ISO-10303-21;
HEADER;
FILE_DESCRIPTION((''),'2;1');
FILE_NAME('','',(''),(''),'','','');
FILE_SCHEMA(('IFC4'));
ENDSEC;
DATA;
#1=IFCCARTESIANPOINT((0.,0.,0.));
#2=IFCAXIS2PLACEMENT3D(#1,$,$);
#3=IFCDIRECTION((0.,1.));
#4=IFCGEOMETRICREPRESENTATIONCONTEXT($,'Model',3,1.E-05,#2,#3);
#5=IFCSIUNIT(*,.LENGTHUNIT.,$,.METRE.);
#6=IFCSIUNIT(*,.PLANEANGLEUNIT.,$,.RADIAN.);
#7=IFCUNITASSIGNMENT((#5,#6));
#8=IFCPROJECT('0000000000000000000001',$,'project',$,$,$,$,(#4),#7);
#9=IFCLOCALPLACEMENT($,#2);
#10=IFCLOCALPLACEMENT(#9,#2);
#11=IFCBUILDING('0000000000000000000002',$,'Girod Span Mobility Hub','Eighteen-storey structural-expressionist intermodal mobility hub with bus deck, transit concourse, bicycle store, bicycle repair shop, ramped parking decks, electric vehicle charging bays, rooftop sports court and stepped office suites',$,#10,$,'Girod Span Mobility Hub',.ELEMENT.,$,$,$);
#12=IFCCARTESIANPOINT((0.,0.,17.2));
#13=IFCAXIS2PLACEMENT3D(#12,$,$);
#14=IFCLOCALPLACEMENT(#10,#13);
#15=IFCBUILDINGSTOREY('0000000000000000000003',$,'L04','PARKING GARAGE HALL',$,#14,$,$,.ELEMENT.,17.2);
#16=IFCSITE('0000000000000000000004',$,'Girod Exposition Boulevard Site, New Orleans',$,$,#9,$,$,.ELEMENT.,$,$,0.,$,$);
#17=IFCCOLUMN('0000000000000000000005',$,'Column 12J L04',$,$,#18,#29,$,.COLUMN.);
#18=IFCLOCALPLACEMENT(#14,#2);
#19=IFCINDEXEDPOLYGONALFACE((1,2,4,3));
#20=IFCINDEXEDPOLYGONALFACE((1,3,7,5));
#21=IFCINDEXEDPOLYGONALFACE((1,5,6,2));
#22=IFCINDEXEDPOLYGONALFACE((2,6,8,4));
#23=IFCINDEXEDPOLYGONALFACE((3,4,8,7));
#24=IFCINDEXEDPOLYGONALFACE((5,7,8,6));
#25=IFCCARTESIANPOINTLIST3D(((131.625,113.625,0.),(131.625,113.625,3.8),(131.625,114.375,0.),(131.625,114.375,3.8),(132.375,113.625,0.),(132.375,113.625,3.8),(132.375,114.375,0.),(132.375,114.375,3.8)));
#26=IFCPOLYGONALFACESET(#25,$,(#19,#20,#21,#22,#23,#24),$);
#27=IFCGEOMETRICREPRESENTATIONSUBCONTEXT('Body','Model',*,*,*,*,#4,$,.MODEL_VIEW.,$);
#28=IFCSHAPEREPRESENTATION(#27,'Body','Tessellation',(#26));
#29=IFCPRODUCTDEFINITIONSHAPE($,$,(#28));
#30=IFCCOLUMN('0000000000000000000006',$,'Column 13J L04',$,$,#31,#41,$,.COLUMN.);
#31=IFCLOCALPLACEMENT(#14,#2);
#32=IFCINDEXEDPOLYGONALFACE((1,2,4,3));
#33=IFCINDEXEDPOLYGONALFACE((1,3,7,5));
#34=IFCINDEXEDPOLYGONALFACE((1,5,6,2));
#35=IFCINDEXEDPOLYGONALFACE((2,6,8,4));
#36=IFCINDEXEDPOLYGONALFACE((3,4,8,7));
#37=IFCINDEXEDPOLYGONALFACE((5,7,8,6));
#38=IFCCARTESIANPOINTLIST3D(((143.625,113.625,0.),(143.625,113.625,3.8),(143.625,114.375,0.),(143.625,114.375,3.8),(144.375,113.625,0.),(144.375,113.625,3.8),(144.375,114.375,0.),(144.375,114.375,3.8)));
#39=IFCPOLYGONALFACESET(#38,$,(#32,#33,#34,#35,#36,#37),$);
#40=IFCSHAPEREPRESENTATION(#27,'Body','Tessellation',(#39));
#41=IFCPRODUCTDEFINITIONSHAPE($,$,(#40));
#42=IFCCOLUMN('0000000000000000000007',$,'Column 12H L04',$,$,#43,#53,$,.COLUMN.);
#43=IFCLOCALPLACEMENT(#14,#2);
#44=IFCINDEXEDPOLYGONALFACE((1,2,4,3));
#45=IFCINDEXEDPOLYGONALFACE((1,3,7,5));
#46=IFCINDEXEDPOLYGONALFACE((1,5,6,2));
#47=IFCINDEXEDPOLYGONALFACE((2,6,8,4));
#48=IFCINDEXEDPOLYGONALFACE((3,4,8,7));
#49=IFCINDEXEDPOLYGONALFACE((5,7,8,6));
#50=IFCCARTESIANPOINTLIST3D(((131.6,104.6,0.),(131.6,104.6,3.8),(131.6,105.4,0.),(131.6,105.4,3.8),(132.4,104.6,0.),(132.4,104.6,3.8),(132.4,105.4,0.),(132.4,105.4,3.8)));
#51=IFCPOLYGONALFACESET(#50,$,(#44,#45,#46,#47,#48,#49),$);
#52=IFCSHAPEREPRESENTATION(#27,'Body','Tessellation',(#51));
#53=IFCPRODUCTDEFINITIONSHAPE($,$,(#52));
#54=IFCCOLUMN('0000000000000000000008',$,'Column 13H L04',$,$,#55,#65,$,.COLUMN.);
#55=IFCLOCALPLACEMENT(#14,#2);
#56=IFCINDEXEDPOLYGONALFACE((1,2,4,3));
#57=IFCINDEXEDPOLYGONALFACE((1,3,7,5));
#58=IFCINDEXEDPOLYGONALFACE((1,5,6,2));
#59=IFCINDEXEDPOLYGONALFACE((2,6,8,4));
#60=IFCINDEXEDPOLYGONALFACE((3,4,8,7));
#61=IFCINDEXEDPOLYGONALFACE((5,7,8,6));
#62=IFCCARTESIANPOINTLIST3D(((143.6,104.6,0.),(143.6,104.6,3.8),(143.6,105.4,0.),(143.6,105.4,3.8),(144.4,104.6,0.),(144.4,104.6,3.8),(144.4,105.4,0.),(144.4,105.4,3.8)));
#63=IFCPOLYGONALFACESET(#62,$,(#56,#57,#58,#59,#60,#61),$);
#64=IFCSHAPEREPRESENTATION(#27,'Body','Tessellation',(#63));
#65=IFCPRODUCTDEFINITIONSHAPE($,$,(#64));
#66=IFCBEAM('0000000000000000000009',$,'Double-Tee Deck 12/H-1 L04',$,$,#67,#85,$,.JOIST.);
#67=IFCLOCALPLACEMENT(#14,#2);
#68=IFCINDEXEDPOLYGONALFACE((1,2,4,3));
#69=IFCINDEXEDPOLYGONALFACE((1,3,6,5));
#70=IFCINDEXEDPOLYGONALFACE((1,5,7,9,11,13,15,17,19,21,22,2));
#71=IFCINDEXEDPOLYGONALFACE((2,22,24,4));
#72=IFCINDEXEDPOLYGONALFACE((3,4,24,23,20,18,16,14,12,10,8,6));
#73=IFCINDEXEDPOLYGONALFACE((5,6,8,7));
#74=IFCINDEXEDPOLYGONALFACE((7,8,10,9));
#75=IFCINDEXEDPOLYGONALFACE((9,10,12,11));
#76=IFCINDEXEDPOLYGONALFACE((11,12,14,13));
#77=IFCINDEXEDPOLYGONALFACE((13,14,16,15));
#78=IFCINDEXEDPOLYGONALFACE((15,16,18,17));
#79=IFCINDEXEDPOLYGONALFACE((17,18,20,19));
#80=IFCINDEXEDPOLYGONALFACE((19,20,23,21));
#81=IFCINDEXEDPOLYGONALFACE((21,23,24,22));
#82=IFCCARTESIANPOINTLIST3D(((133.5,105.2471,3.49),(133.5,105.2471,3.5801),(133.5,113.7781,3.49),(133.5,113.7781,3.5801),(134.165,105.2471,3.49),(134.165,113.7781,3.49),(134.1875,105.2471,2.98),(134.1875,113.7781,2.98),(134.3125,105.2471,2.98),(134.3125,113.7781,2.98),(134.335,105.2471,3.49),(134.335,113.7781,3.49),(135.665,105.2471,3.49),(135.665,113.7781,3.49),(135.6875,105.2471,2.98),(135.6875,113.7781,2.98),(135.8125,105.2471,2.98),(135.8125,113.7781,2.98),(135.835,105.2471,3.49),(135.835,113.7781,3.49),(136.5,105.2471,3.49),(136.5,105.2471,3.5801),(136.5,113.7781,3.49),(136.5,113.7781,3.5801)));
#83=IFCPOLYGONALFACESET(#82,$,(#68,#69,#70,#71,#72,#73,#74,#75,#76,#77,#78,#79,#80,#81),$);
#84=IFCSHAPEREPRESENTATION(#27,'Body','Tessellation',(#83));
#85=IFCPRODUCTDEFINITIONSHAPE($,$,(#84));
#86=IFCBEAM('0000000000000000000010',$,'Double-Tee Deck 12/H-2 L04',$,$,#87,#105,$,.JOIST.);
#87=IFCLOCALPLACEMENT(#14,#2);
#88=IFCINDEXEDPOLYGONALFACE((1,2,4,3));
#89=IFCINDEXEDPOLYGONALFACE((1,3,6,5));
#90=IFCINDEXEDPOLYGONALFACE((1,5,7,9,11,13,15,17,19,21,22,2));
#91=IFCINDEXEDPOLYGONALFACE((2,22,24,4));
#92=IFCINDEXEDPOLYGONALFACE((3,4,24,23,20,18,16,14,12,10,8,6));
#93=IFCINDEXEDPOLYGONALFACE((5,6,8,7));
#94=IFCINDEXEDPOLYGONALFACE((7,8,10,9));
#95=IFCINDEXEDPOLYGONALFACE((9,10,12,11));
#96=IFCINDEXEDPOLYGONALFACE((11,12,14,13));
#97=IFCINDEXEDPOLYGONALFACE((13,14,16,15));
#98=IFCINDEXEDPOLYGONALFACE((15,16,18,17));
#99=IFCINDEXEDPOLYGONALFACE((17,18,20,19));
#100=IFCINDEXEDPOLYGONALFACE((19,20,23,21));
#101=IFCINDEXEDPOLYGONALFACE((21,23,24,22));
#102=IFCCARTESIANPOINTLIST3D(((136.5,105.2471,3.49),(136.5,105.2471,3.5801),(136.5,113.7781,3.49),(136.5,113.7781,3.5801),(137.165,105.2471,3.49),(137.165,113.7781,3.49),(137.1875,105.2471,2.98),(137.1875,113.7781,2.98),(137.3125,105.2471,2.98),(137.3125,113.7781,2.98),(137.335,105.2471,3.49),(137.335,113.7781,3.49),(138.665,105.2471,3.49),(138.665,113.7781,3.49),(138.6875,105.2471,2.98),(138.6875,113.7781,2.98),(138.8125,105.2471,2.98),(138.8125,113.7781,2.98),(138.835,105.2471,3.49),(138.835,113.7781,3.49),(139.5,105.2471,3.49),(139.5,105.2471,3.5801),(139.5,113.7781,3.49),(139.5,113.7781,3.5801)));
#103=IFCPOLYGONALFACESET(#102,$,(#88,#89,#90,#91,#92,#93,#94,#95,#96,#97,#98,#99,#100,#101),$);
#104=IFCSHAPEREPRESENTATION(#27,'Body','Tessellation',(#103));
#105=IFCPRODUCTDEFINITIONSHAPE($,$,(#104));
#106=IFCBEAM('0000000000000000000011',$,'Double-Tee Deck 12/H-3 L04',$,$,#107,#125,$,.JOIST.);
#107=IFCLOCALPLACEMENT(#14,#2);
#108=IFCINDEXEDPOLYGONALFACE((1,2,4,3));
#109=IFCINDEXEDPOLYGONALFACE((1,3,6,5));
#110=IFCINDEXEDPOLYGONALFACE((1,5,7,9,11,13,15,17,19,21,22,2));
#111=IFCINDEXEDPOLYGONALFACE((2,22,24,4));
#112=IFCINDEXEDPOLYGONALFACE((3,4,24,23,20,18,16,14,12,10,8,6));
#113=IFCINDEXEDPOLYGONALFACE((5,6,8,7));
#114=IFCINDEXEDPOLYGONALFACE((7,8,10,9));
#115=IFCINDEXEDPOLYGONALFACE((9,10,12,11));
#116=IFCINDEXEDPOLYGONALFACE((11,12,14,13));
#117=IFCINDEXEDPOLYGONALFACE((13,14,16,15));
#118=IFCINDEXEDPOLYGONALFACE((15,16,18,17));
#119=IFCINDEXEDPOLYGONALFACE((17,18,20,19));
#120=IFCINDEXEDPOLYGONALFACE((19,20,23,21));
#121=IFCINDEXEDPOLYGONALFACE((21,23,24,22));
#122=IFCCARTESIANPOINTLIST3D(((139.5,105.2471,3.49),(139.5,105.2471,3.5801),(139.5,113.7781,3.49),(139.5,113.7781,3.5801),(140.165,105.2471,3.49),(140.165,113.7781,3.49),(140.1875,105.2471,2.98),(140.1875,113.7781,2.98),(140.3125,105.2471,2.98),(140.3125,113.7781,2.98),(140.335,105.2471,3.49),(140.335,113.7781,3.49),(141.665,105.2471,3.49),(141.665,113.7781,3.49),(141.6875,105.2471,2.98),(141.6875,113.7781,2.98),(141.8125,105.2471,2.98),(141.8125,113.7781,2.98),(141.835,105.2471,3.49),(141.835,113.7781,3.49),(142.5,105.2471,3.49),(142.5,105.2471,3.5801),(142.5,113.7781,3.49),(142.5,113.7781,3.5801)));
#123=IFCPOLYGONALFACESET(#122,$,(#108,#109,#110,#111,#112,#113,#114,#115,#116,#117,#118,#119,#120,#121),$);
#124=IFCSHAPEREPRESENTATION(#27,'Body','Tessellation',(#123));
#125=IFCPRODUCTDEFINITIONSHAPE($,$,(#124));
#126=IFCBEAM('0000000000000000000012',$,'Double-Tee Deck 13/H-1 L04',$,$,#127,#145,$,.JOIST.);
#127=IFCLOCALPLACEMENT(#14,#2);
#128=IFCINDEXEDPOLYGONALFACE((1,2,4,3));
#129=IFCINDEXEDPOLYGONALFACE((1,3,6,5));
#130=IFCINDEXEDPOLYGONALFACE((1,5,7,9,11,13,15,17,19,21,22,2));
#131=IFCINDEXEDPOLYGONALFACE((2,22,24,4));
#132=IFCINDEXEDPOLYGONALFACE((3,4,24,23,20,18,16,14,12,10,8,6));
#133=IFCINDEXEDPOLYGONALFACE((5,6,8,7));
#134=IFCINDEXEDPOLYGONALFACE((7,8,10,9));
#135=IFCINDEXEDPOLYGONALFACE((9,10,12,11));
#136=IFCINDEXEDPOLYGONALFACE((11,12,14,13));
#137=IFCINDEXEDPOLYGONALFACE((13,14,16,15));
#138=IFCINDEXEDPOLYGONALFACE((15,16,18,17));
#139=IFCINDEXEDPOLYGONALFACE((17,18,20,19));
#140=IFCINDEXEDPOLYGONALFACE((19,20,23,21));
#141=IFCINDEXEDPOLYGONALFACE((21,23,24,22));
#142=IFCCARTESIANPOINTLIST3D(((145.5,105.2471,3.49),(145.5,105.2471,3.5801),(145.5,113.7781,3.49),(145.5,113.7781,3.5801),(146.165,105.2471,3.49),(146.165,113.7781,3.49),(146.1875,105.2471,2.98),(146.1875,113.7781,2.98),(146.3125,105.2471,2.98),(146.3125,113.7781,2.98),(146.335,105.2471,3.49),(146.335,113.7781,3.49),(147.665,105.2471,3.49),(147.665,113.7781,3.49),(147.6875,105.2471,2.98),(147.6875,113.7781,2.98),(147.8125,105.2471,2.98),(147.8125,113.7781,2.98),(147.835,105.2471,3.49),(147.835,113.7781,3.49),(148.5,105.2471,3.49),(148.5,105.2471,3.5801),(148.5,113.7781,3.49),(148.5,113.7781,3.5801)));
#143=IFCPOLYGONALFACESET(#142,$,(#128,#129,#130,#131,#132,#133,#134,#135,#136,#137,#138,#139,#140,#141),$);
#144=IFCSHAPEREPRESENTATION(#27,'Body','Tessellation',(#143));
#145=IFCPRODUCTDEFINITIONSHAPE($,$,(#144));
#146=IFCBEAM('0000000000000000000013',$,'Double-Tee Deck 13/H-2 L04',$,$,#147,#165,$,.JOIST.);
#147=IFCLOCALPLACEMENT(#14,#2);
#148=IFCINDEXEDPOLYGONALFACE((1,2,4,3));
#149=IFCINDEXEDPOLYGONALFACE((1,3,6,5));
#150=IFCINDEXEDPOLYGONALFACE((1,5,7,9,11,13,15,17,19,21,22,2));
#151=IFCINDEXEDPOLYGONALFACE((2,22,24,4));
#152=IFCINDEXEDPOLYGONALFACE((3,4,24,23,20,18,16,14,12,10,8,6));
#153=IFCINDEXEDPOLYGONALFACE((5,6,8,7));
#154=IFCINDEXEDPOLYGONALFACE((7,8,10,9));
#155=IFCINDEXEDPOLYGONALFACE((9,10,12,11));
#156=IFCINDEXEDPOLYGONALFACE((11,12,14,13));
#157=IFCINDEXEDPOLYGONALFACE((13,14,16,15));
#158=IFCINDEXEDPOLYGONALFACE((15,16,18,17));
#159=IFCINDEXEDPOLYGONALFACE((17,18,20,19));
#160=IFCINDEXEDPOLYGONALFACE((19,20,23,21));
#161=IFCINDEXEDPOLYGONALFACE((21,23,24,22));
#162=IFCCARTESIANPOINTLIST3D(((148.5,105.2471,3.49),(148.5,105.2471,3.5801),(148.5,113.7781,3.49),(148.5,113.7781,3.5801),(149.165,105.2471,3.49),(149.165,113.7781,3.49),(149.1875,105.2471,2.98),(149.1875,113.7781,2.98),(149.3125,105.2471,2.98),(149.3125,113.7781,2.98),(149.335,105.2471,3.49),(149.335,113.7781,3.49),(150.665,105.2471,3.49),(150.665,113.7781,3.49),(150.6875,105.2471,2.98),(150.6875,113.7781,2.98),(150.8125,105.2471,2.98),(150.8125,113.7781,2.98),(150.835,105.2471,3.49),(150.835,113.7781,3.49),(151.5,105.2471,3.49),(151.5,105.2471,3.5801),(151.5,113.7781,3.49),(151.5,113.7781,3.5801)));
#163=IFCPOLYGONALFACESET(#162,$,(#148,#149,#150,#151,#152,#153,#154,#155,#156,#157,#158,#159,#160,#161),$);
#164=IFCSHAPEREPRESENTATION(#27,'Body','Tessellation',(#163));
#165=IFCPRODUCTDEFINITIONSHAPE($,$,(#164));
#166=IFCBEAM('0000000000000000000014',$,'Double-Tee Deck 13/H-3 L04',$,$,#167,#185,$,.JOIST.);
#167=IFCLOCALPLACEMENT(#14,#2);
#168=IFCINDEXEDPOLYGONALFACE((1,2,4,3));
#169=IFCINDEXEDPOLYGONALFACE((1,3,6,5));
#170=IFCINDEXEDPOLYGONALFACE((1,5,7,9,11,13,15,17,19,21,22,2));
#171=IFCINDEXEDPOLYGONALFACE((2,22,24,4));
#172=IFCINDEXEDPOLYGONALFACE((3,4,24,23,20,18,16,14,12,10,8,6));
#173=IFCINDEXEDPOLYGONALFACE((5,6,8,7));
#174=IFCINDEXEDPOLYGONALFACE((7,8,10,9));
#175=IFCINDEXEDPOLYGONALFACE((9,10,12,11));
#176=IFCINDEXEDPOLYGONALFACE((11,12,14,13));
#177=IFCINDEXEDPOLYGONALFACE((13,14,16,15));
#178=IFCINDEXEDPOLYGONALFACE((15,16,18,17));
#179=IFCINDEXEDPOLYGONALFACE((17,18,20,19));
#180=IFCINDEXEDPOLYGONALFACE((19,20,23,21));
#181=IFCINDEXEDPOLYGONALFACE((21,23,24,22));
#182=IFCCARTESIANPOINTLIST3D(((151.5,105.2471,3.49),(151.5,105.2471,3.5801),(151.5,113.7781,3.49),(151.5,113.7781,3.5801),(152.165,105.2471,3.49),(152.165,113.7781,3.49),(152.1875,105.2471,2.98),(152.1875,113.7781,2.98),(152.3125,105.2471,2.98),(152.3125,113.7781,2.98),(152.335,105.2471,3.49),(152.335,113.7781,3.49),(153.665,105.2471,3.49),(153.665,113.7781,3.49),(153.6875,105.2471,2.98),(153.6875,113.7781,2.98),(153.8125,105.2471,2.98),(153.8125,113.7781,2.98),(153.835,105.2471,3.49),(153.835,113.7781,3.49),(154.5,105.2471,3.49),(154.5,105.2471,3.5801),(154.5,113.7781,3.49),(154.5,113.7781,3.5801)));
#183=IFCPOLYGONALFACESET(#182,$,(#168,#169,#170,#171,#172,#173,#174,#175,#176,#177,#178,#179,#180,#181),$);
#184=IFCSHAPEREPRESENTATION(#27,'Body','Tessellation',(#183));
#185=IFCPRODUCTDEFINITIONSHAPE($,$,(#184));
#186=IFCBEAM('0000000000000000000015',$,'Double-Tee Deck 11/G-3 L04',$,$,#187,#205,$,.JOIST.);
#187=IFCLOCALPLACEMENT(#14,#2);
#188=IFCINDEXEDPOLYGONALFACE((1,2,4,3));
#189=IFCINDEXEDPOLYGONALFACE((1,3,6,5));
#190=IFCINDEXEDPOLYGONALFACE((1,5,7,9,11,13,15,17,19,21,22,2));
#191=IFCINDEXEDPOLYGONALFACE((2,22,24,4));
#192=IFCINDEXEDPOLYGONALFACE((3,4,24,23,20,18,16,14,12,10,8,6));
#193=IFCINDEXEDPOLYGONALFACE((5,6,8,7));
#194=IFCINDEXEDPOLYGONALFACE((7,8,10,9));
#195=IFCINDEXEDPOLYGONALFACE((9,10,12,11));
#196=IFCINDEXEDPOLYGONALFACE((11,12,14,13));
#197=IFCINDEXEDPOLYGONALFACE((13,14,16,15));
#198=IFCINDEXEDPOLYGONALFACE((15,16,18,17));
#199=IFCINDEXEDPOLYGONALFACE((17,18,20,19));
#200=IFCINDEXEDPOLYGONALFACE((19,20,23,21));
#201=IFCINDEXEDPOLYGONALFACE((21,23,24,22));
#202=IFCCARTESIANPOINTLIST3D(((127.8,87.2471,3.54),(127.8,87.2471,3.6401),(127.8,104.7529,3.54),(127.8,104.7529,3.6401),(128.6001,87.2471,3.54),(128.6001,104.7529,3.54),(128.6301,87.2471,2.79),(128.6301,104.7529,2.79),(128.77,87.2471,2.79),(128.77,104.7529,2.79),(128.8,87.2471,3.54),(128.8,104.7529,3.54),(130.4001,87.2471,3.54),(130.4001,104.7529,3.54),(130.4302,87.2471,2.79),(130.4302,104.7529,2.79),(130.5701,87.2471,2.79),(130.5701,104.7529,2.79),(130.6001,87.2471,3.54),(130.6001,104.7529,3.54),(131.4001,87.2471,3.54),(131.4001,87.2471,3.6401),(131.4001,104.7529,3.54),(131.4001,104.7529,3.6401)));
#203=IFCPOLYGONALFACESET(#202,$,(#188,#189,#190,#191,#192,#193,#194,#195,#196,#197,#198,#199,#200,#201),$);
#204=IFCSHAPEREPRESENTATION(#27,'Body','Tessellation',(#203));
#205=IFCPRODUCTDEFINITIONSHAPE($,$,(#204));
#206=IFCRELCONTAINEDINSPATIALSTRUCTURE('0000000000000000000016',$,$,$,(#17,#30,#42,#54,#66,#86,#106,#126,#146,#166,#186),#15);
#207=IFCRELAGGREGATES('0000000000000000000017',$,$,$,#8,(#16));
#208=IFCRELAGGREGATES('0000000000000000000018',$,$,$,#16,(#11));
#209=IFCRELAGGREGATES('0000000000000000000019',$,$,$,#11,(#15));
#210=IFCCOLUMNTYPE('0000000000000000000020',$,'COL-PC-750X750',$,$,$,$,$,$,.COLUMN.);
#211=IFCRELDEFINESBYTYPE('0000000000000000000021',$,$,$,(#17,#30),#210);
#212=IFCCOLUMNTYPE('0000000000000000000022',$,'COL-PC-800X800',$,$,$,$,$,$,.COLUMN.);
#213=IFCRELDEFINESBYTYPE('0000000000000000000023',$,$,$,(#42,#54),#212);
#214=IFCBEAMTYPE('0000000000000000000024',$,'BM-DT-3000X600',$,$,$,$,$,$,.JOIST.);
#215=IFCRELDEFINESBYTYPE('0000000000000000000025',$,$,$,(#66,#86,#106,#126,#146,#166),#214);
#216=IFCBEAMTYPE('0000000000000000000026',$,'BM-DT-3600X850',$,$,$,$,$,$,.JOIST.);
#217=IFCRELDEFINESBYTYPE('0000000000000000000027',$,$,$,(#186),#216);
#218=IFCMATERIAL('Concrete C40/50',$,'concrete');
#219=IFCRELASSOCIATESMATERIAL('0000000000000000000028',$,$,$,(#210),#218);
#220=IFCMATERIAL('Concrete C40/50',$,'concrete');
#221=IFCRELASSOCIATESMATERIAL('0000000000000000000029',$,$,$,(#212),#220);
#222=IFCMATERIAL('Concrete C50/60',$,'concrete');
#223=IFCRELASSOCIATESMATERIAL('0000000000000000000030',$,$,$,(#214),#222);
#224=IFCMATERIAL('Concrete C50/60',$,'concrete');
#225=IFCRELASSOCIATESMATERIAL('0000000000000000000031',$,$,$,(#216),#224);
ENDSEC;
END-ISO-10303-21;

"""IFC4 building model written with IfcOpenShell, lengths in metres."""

from ifc_helpers import new_model, si_unit, direction, frame, origin, origin_2d, place, context, subcontext, project, spatial, polyline, rectangle, outline, extrude, material, material_profile, profile_set, type_object, element, save


model = new_model("IFC4")

# Units and contexts
model_context = context("Model", 3, precision=1e-05, world=origin(), true_north=direction((0.0, 1.0)))
body_context = subcontext(model_context, "Body", "Model", "MODEL_VIEW")
ifc_project = project(units=[si_unit("LENGTHUNIT", "METRE"), si_unit("PLANEANGLEUNIT", "RADIAN")], contexts=[model_context])

# Site, building, storey
site_placement = place(None, origin())
site = spatial("IfcSite", under=ifc_project, at=site_placement, Name="Girod Exposition Boulevard Site, New Orleans", CompositionType="ELEMENT", RefElevation=0.0)
building_placement = place(site_placement, origin())
building = spatial("IfcBuilding", under=site, at=building_placement, Name="Girod Span Mobility Hub", Description="Eighteen-storey structural-expressionist intermodal mobility hub with bus deck, transit concourse, bicycle store, bicycle repair shop, ramped parking decks, electric vehicle charging bays, rooftop sports court and stepped office suites", LongName="Girod Span Mobility Hub", CompositionType="ELEMENT")
storey_placement = place(building_placement, frame((0.0, 0.0, 17.2)))
storey = spatial("IfcBuildingStorey", under=building, at=storey_placement, Name="L04", Description="PARKING GARAGE HALL", CompositionType="ELEMENT", Elevation=17.2)

# Columns
ifc_material_1 = material(Name="Concrete C40/50", Category="concrete")
ifc_material_profile_1 = material_profile(ifc_material_1, rectangle(XDim=0.75, YDim=0.75, at=origin_2d()), Name="PC-COL-750X750")
ifc_profile_set_1 = profile_set([ifc_material_profile_1], Name="Concrete C40/50")
column_type_1 = type_object("IfcColumnType", Name="COL-PC-750X750", PredefinedType="COLUMN", material=ifc_profile_set_1)
for number, where, z_axis, x_axis, name in (
    (1, (132.0, 114.0, 0.0), (0.0, 0.0, 1.0), (1.0, 0.0, 0.0), "Column 12J L04"),
    (2, (144.0, 114.0, 0.0), (0.0, 0.0, 1.0), (1.0, 0.0, 0.0), "Column 13J L04"),
):
    element("IfcColumn", number, at=place(storey_placement, frame(where, z_axis=z_axis, x_axis=x_axis)), inside=storey, type_object=column_type_1, Name=name, PredefinedType="COLUMN", context=body_context, shape_type="SweptSolid", body=[
        extrude(rectangle(XDim=0.75, YDim=0.75, at=origin_2d()), origin(), (0.0, 0.0, 1.0), 3.8),
    ])
ifc_material_2 = material(Name="Concrete C40/50", Category="concrete")
ifc_material_profile_2 = material_profile(ifc_material_2, rectangle(XDim=0.8, YDim=0.8, at=origin_2d()), Name="PC-COL-800X800")
ifc_profile_set_2 = profile_set([ifc_material_profile_2], Name="Concrete C40/50")
column_type_2 = type_object("IfcColumnType", Name="COL-PC-800X800", PredefinedType="COLUMN", material=ifc_profile_set_2)
for number, where, z_axis, x_axis, name in (
    (3, (132.0, 105.0, 0.0), (0.0, 0.0, 1.0), (1.0, 0.0, 0.0), "Column 12H L04"),
    (4, (144.0, 105.0, 0.0), (0.0, 0.0, 1.0), (1.0, 0.0, 0.0), "Column 13H L04"),
):
    element("IfcColumn", number, at=place(storey_placement, frame(where, z_axis=z_axis, x_axis=x_axis)), inside=storey, type_object=column_type_2, Name=name, PredefinedType="COLUMN", context=body_context, shape_type="SweptSolid", body=[
        extrude(rectangle(XDim=0.8, YDim=0.8, at=origin_2d()), origin(), (0.0, 0.0, 1.0), 3.8),
    ])

# Beams
ifc_material_3 = material(Name="Concrete C50/60", Category="concrete")
ifc_material_profile_3 = material_profile(ifc_material_3, outline(polyline([(-1.5, 0.3), (-1.5, 0.21), (-0.835, 0.21), (-0.8125, -0.3), (-0.6875, -0.3), (-0.665, 0.21), (0.665, 0.21), (0.6875, -0.3), (0.8125, -0.3), (0.835, 0.21), (1.5, 0.21), (1.5, 0.3), (-1.5, 0.3)])), Name="DT-3000X600")
ifc_profile_set_3 = profile_set([ifc_material_profile_3], Name="Concrete C50/60")
beam_type_1 = type_object("IfcBeamType", Name="BM-DT-3000X600", PredefinedType="JOIST", material=ifc_profile_set_3)
for number, where, z_axis, x_axis, name in (
    (5, (135.0, 105.2471, 3.28), (0.0, 1.0, 0.0), (-1.0, 0.0, 0.0), "Double-Tee Deck 12/H-1 L04"),
    (6, (138.0, 105.2471, 3.28), (0.0, 1.0, 0.0), (-1.0, 0.0, 0.0), "Double-Tee Deck 12/H-2 L04"),
    (7, (141.0, 105.2471, 3.28), (0.0, 1.0, 0.0), (-1.0, 0.0, 0.0), "Double-Tee Deck 12/H-3 L04"),
    (8, (147.0, 105.2471, 3.28), (0.0, 1.0, 0.0), (-1.0, 0.0, 0.0), "Double-Tee Deck 13/H-1 L04"),
    (9, (150.0, 105.2471, 3.28), (0.0, 1.0, 0.0), (-1.0, 0.0, 0.0), "Double-Tee Deck 13/H-2 L04"),
    (10, (153.0, 105.2471, 3.28), (0.0, 1.0, 0.0), (-1.0, 0.0, 0.0), "Double-Tee Deck 13/H-3 L04"),
):
    element("IfcBeam", number, at=place(storey_placement, frame(where, z_axis=z_axis, x_axis=x_axis)), inside=storey, type_object=beam_type_1, Name=name, PredefinedType="JOIST", context=body_context, shape_type="SweptSolid", body=[
        extrude(outline(polyline([(-1.5, 0.3), (-1.5, 0.21), (-0.835, 0.21), (-0.8125, -0.3), (-0.6875, -0.3), (-0.665, 0.21), (0.665, 0.21), (0.6875, -0.3), (0.8125, -0.3), (0.835, 0.21), (1.5, 0.21), (1.5, 0.3), (-1.5, 0.3)])), origin(), (0.0, 0.0, 1.0), 8.531),
    ])
ifc_material_4 = material(Name="Concrete C50/60", Category="concrete")
ifc_material_profile_4 = material_profile(ifc_material_4, outline(polyline([(-1.8, 0.425), (-1.8, 0.325), (-1.0, 0.325), (-0.97, -0.425), (-0.8301, -0.425), (-0.8, 0.325), (0.8, 0.325), (0.8301, -0.425), (0.97, -0.425), (1.0, 0.325), (1.8, 0.325), (1.8, 0.425), (-1.8, 0.425)])), Name="DT-3600X850")
ifc_profile_set_4 = profile_set([ifc_material_profile_4], Name="Concrete C50/60")
beam_type_2 = type_object("IfcBeamType", Name="BM-DT-3600X850", PredefinedType="JOIST", material=ifc_profile_set_4)
for number, where, z_axis, x_axis, name in (
    (11, (129.6001, 87.2471, 3.2151), (0.0, 1.0, 0.0), (-1.0, 0.0, 0.0), "Double-Tee Deck 11/G-3 L04"),
):
    element("IfcBeam", number, at=place(storey_placement, frame(where, z_axis=z_axis, x_axis=x_axis)), inside=storey, type_object=beam_type_2, Name=name, PredefinedType="JOIST", context=body_context, shape_type="SweptSolid", body=[
        extrude(outline(polyline([(-1.8, 0.425), (-1.8, 0.325), (-1.0, 0.325), (-0.97, -0.425), (-0.8301, -0.425), (-0.8, 0.325), (0.8, 0.325), (0.8301, -0.425), (0.97, -0.425), (1.0, 0.325), (1.8, 0.325), (1.8, 0.425), (-1.8, 0.425)])), origin(), (0.0, 0.0, 1.0), 17.5059),
    ])

save(model, "model.ifc")
